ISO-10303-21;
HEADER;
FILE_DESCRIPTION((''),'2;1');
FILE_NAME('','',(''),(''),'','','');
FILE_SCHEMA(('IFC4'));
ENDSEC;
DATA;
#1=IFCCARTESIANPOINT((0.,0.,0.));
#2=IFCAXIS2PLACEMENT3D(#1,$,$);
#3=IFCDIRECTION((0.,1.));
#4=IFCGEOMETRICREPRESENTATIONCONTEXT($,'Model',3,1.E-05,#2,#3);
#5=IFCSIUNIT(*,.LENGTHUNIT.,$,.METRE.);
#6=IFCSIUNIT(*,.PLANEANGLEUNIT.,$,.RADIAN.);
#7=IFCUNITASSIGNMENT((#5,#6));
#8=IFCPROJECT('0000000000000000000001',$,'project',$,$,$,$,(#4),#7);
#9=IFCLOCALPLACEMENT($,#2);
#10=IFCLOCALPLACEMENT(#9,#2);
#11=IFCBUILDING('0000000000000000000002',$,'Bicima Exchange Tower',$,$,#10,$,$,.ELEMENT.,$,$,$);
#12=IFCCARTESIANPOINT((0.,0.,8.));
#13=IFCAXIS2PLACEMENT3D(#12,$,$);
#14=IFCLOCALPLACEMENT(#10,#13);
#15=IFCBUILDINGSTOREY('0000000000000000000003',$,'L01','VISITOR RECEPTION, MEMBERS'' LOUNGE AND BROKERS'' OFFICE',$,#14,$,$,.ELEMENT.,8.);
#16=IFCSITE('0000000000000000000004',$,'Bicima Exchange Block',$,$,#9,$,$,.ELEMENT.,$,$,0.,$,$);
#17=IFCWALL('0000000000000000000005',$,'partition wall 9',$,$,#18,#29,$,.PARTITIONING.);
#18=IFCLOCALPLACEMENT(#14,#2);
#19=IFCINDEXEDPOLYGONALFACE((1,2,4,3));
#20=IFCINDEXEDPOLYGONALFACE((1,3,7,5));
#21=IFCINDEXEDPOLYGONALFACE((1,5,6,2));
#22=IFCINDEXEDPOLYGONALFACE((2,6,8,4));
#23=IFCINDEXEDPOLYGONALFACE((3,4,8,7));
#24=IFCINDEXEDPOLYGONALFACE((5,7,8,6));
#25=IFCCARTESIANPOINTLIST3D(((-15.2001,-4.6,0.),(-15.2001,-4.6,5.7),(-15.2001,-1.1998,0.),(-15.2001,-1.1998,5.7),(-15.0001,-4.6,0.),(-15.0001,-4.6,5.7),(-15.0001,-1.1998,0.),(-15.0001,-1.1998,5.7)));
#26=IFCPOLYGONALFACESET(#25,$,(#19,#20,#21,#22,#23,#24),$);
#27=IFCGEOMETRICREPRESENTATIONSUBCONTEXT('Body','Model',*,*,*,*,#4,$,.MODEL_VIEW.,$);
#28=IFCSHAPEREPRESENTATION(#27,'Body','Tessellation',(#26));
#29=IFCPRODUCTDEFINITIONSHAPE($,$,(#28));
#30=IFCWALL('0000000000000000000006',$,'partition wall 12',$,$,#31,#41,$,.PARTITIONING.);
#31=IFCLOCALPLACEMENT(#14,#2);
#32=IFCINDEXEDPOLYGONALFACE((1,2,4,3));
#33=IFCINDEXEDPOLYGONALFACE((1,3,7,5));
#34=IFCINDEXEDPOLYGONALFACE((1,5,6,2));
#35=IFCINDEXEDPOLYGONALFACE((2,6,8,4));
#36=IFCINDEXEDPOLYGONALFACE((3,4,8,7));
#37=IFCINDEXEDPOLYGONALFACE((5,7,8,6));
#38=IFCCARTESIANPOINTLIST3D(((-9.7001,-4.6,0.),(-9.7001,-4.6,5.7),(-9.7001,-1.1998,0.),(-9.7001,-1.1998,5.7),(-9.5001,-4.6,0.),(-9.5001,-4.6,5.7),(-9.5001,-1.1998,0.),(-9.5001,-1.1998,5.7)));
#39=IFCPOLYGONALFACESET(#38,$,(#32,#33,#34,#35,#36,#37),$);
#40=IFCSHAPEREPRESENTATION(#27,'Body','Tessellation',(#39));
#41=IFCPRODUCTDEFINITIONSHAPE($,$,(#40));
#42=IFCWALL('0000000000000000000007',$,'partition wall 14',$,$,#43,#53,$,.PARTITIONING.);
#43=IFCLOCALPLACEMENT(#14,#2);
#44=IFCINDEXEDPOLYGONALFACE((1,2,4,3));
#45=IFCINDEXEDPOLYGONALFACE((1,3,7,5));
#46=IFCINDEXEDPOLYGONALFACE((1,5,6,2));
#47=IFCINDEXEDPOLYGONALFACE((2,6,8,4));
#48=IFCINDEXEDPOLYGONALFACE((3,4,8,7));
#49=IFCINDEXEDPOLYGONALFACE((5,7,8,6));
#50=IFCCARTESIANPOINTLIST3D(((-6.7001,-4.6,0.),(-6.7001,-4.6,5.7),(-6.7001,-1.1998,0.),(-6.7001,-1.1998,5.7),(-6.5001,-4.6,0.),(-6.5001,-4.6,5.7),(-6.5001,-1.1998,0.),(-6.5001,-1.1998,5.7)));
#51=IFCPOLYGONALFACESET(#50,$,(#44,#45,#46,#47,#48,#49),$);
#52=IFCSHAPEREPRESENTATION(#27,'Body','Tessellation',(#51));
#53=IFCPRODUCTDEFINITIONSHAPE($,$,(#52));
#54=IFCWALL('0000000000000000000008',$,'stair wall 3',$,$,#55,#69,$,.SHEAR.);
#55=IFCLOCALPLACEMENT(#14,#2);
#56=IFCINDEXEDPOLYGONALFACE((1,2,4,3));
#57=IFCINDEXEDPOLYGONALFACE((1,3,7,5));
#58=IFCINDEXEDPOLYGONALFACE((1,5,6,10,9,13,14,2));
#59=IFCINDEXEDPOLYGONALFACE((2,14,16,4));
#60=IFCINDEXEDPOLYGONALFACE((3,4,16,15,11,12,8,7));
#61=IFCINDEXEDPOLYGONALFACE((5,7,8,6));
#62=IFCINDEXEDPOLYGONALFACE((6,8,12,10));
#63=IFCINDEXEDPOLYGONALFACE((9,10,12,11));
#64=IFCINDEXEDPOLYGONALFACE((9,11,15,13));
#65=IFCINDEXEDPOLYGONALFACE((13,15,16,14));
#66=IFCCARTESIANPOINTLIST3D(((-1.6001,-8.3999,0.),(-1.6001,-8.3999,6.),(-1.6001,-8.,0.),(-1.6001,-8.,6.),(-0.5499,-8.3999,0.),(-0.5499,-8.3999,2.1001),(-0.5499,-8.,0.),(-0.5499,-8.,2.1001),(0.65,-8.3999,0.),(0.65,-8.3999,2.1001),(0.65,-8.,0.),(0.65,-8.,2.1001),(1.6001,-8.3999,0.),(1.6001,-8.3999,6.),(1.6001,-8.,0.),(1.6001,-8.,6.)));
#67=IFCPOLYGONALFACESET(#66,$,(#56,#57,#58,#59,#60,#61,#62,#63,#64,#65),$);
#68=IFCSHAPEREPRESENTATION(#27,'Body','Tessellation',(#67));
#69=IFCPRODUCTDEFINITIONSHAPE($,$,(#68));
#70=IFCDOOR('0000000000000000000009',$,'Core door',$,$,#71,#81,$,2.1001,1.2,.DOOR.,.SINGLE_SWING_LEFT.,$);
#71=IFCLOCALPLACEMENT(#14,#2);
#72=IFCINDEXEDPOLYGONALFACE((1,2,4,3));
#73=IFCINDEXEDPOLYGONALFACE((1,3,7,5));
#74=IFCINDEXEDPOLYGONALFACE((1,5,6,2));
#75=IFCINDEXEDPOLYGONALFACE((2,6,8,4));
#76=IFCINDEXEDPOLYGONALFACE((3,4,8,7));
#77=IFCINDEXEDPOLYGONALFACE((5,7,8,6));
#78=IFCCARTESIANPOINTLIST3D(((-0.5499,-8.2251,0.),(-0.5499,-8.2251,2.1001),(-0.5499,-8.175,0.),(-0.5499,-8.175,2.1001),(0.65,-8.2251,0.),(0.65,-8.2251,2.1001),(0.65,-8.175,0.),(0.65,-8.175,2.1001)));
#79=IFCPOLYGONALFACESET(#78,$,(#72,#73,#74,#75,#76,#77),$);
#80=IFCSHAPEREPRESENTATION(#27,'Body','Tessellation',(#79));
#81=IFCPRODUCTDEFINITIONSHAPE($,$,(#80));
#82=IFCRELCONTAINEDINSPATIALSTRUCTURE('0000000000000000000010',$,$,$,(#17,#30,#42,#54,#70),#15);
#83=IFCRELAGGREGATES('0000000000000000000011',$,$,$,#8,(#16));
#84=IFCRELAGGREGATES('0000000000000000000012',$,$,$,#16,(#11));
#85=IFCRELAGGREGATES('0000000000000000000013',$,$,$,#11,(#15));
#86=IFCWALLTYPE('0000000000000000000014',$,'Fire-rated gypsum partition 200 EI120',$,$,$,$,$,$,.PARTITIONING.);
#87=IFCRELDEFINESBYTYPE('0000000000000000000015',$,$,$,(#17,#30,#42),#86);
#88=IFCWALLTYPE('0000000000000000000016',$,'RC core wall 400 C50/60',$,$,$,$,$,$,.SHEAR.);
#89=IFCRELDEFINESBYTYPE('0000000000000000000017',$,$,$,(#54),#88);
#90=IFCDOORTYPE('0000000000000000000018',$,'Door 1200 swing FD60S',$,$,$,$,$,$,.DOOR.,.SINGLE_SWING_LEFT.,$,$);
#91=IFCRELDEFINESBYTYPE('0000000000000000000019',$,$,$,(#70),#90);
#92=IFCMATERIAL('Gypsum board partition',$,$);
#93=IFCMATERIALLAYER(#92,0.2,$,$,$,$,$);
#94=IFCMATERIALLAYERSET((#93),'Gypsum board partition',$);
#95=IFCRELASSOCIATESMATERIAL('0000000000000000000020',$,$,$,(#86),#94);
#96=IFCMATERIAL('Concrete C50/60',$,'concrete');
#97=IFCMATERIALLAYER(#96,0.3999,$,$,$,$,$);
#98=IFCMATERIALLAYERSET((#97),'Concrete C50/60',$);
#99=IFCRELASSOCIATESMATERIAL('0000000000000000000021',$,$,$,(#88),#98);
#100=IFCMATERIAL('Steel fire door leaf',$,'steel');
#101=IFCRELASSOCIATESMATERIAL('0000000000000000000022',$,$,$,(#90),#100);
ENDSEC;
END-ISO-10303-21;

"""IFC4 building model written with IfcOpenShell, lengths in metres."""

from ifc_helpers import new_model, si_unit, direction, frame, frame_2d, origin, place, context, subcontext, project, spatial, rectangle, extrude, material, layer, layer_set, type_object, element, fill, save


model = new_model("IFC4")

# Units and contexts
model_context = context("Model", 3, precision=1e-05, world=origin(), true_north=direction((0.0, 1.0)))
body_context = subcontext(model_context, "Body", "Model", "MODEL_VIEW")
ifc_project = project(units=[si_unit("LENGTHUNIT", "METRE"), si_unit("PLANEANGLEUNIT", "RADIAN")], contexts=[model_context])

# Site, building, storey
site_placement = place(None, origin())
site = spatial("IfcSite", under=ifc_project, at=site_placement, Name="Bicima Exchange Block", CompositionType="ELEMENT", RefElevation=0.0)
building_placement = place(site_placement, origin())
building = spatial("IfcBuilding", under=site, at=building_placement, Name="Bicima Exchange Tower", CompositionType="ELEMENT")
storey_placement = place(building_placement, frame((0.0, 0.0, 8.0)))
storey = spatial("IfcBuildingStorey", under=building, at=storey_placement, Name="L01", Description="VISITOR RECEPTION, MEMBERS' LOUNGE AND BROKERS' OFFICE", CompositionType="ELEMENT", Elevation=8.0)

# Walls
ifc_material_1 = material(Name="Gypsum board partition")
ifc_layer_1 = layer(ifc_material_1, 0.2)
ifc_layer_set_1 = layer_set([ifc_layer_1], Name="Gypsum board partition")
wall_type_1 = type_object("IfcWallType", Name="Fire-rated gypsum partition 200 EI120", PredefinedType="PARTITIONING", material=ifc_layer_set_1)
for number, where, z_axis, x_axis, name in (
    (1, (-15.1001, -4.6001, 0.0), (0.0, 0.0, 1.0), (0.0, 1.0, 0.0), "partition wall 9"),
    (2, (-9.6001, -4.6001, 0.0), (0.0, 0.0, 1.0), (0.0, 1.0, 0.0), "partition wall 12"),
    (3, (-6.6001, -4.6001, 0.0), (0.0, 0.0, 1.0), (0.0, 1.0, 0.0), "partition wall 14"),
):
    element("IfcWall", number, at=place(storey_placement, frame(where, z_axis=z_axis, x_axis=x_axis)), inside=storey, type_object=wall_type_1, Name=name, PredefinedType="PARTITIONING", context=body_context, shape_type="SweptSolid", body=[
        extrude(rectangle(XDim=3.4001, YDim=0.2, at=frame_2d((1.7002, 0.0))), origin(), (0.0, 0.0, 1.0), 5.7),
    ])

# Wall, opening, door
ifc_material_2 = material(Name="Concrete C50/60", Category="concrete")
ifc_layer_2 = layer(ifc_material_2, 0.3999)
ifc_layer_set_2 = layer_set([ifc_layer_2], Name="Concrete C50/60")
wall_type_2 = type_object("IfcWallType", Name="RC core wall 400 C50/60", PredefinedType="SHEAR", material=ifc_layer_set_2)
wall_1_placement = place(storey_placement, frame((-1.6001, -8.2, 0.0), z_axis=(0.0, 0.0, 1.0), x_axis=(1.0, 0.0, 0.0)))
wall_1 = element("IfcWall", 4, at=wall_1_placement, inside=storey, type_object=wall_type_2, Name="stair wall 3", PredefinedType="SHEAR", context=body_context, shape_type="SweptSolid", body=[
    extrude(rectangle(XDim=3.2002, YDim=0.3999, at=frame_2d((1.6001, 0.0))), origin(), (0.0, 0.0, 1.0), 6.0),
])
opening_1_placement = place(wall_1_placement, frame((1.05, 0.0, 0.0)))
opening_1 = element("IfcOpeningElement", 5, at=opening_1_placement, cuts=wall_1, PredefinedType="OPENING", context=body_context, shape_type="SweptSolid", body=[
    extrude(rectangle(XDim=1.2, YDim=2.1001, at=frame_2d((0.6001, 1.05))), frame((0.0, 0.2119, 0.0), z_axis=(0.0, -1.0, 0.0), x_axis=(1.0, 0.0, 0.0)), (0.0, 0.0, 1.0), 0.4238),
])
ifc_material_3 = material(Name="Steel fire door leaf", Category="steel")
door_type_1 = type_object("IfcDoorType", Name="Door 1200 swing FD60S", OperationType="SINGLE_SWING_LEFT", PredefinedType="DOOR", material=ifc_material_3)
door_1_placement = place(opening_1_placement, origin())
door_1 = element("IfcDoor", 6, at=door_1_placement, inside=storey, type_object=door_type_1, Name="Core door", OperationType="SINGLE_SWING_LEFT", OverallHeight=2.1001, OverallWidth=1.2, PredefinedType="DOOR", context=body_context, shape_type="SweptSolid", body=[
    extrude(rectangle(XDim=1.2, YDim=2.1001, at=frame_2d((0.6001, 1.05))), frame((0.0, 0.0249, 0.0), z_axis=(0.0, -1.0, 0.0), x_axis=(1.0, 0.0, 0.0)), (0.0, 0.0, 1.0), 0.05),
])
fill(opening_1, door_1)

save(model, "model.ifc")
